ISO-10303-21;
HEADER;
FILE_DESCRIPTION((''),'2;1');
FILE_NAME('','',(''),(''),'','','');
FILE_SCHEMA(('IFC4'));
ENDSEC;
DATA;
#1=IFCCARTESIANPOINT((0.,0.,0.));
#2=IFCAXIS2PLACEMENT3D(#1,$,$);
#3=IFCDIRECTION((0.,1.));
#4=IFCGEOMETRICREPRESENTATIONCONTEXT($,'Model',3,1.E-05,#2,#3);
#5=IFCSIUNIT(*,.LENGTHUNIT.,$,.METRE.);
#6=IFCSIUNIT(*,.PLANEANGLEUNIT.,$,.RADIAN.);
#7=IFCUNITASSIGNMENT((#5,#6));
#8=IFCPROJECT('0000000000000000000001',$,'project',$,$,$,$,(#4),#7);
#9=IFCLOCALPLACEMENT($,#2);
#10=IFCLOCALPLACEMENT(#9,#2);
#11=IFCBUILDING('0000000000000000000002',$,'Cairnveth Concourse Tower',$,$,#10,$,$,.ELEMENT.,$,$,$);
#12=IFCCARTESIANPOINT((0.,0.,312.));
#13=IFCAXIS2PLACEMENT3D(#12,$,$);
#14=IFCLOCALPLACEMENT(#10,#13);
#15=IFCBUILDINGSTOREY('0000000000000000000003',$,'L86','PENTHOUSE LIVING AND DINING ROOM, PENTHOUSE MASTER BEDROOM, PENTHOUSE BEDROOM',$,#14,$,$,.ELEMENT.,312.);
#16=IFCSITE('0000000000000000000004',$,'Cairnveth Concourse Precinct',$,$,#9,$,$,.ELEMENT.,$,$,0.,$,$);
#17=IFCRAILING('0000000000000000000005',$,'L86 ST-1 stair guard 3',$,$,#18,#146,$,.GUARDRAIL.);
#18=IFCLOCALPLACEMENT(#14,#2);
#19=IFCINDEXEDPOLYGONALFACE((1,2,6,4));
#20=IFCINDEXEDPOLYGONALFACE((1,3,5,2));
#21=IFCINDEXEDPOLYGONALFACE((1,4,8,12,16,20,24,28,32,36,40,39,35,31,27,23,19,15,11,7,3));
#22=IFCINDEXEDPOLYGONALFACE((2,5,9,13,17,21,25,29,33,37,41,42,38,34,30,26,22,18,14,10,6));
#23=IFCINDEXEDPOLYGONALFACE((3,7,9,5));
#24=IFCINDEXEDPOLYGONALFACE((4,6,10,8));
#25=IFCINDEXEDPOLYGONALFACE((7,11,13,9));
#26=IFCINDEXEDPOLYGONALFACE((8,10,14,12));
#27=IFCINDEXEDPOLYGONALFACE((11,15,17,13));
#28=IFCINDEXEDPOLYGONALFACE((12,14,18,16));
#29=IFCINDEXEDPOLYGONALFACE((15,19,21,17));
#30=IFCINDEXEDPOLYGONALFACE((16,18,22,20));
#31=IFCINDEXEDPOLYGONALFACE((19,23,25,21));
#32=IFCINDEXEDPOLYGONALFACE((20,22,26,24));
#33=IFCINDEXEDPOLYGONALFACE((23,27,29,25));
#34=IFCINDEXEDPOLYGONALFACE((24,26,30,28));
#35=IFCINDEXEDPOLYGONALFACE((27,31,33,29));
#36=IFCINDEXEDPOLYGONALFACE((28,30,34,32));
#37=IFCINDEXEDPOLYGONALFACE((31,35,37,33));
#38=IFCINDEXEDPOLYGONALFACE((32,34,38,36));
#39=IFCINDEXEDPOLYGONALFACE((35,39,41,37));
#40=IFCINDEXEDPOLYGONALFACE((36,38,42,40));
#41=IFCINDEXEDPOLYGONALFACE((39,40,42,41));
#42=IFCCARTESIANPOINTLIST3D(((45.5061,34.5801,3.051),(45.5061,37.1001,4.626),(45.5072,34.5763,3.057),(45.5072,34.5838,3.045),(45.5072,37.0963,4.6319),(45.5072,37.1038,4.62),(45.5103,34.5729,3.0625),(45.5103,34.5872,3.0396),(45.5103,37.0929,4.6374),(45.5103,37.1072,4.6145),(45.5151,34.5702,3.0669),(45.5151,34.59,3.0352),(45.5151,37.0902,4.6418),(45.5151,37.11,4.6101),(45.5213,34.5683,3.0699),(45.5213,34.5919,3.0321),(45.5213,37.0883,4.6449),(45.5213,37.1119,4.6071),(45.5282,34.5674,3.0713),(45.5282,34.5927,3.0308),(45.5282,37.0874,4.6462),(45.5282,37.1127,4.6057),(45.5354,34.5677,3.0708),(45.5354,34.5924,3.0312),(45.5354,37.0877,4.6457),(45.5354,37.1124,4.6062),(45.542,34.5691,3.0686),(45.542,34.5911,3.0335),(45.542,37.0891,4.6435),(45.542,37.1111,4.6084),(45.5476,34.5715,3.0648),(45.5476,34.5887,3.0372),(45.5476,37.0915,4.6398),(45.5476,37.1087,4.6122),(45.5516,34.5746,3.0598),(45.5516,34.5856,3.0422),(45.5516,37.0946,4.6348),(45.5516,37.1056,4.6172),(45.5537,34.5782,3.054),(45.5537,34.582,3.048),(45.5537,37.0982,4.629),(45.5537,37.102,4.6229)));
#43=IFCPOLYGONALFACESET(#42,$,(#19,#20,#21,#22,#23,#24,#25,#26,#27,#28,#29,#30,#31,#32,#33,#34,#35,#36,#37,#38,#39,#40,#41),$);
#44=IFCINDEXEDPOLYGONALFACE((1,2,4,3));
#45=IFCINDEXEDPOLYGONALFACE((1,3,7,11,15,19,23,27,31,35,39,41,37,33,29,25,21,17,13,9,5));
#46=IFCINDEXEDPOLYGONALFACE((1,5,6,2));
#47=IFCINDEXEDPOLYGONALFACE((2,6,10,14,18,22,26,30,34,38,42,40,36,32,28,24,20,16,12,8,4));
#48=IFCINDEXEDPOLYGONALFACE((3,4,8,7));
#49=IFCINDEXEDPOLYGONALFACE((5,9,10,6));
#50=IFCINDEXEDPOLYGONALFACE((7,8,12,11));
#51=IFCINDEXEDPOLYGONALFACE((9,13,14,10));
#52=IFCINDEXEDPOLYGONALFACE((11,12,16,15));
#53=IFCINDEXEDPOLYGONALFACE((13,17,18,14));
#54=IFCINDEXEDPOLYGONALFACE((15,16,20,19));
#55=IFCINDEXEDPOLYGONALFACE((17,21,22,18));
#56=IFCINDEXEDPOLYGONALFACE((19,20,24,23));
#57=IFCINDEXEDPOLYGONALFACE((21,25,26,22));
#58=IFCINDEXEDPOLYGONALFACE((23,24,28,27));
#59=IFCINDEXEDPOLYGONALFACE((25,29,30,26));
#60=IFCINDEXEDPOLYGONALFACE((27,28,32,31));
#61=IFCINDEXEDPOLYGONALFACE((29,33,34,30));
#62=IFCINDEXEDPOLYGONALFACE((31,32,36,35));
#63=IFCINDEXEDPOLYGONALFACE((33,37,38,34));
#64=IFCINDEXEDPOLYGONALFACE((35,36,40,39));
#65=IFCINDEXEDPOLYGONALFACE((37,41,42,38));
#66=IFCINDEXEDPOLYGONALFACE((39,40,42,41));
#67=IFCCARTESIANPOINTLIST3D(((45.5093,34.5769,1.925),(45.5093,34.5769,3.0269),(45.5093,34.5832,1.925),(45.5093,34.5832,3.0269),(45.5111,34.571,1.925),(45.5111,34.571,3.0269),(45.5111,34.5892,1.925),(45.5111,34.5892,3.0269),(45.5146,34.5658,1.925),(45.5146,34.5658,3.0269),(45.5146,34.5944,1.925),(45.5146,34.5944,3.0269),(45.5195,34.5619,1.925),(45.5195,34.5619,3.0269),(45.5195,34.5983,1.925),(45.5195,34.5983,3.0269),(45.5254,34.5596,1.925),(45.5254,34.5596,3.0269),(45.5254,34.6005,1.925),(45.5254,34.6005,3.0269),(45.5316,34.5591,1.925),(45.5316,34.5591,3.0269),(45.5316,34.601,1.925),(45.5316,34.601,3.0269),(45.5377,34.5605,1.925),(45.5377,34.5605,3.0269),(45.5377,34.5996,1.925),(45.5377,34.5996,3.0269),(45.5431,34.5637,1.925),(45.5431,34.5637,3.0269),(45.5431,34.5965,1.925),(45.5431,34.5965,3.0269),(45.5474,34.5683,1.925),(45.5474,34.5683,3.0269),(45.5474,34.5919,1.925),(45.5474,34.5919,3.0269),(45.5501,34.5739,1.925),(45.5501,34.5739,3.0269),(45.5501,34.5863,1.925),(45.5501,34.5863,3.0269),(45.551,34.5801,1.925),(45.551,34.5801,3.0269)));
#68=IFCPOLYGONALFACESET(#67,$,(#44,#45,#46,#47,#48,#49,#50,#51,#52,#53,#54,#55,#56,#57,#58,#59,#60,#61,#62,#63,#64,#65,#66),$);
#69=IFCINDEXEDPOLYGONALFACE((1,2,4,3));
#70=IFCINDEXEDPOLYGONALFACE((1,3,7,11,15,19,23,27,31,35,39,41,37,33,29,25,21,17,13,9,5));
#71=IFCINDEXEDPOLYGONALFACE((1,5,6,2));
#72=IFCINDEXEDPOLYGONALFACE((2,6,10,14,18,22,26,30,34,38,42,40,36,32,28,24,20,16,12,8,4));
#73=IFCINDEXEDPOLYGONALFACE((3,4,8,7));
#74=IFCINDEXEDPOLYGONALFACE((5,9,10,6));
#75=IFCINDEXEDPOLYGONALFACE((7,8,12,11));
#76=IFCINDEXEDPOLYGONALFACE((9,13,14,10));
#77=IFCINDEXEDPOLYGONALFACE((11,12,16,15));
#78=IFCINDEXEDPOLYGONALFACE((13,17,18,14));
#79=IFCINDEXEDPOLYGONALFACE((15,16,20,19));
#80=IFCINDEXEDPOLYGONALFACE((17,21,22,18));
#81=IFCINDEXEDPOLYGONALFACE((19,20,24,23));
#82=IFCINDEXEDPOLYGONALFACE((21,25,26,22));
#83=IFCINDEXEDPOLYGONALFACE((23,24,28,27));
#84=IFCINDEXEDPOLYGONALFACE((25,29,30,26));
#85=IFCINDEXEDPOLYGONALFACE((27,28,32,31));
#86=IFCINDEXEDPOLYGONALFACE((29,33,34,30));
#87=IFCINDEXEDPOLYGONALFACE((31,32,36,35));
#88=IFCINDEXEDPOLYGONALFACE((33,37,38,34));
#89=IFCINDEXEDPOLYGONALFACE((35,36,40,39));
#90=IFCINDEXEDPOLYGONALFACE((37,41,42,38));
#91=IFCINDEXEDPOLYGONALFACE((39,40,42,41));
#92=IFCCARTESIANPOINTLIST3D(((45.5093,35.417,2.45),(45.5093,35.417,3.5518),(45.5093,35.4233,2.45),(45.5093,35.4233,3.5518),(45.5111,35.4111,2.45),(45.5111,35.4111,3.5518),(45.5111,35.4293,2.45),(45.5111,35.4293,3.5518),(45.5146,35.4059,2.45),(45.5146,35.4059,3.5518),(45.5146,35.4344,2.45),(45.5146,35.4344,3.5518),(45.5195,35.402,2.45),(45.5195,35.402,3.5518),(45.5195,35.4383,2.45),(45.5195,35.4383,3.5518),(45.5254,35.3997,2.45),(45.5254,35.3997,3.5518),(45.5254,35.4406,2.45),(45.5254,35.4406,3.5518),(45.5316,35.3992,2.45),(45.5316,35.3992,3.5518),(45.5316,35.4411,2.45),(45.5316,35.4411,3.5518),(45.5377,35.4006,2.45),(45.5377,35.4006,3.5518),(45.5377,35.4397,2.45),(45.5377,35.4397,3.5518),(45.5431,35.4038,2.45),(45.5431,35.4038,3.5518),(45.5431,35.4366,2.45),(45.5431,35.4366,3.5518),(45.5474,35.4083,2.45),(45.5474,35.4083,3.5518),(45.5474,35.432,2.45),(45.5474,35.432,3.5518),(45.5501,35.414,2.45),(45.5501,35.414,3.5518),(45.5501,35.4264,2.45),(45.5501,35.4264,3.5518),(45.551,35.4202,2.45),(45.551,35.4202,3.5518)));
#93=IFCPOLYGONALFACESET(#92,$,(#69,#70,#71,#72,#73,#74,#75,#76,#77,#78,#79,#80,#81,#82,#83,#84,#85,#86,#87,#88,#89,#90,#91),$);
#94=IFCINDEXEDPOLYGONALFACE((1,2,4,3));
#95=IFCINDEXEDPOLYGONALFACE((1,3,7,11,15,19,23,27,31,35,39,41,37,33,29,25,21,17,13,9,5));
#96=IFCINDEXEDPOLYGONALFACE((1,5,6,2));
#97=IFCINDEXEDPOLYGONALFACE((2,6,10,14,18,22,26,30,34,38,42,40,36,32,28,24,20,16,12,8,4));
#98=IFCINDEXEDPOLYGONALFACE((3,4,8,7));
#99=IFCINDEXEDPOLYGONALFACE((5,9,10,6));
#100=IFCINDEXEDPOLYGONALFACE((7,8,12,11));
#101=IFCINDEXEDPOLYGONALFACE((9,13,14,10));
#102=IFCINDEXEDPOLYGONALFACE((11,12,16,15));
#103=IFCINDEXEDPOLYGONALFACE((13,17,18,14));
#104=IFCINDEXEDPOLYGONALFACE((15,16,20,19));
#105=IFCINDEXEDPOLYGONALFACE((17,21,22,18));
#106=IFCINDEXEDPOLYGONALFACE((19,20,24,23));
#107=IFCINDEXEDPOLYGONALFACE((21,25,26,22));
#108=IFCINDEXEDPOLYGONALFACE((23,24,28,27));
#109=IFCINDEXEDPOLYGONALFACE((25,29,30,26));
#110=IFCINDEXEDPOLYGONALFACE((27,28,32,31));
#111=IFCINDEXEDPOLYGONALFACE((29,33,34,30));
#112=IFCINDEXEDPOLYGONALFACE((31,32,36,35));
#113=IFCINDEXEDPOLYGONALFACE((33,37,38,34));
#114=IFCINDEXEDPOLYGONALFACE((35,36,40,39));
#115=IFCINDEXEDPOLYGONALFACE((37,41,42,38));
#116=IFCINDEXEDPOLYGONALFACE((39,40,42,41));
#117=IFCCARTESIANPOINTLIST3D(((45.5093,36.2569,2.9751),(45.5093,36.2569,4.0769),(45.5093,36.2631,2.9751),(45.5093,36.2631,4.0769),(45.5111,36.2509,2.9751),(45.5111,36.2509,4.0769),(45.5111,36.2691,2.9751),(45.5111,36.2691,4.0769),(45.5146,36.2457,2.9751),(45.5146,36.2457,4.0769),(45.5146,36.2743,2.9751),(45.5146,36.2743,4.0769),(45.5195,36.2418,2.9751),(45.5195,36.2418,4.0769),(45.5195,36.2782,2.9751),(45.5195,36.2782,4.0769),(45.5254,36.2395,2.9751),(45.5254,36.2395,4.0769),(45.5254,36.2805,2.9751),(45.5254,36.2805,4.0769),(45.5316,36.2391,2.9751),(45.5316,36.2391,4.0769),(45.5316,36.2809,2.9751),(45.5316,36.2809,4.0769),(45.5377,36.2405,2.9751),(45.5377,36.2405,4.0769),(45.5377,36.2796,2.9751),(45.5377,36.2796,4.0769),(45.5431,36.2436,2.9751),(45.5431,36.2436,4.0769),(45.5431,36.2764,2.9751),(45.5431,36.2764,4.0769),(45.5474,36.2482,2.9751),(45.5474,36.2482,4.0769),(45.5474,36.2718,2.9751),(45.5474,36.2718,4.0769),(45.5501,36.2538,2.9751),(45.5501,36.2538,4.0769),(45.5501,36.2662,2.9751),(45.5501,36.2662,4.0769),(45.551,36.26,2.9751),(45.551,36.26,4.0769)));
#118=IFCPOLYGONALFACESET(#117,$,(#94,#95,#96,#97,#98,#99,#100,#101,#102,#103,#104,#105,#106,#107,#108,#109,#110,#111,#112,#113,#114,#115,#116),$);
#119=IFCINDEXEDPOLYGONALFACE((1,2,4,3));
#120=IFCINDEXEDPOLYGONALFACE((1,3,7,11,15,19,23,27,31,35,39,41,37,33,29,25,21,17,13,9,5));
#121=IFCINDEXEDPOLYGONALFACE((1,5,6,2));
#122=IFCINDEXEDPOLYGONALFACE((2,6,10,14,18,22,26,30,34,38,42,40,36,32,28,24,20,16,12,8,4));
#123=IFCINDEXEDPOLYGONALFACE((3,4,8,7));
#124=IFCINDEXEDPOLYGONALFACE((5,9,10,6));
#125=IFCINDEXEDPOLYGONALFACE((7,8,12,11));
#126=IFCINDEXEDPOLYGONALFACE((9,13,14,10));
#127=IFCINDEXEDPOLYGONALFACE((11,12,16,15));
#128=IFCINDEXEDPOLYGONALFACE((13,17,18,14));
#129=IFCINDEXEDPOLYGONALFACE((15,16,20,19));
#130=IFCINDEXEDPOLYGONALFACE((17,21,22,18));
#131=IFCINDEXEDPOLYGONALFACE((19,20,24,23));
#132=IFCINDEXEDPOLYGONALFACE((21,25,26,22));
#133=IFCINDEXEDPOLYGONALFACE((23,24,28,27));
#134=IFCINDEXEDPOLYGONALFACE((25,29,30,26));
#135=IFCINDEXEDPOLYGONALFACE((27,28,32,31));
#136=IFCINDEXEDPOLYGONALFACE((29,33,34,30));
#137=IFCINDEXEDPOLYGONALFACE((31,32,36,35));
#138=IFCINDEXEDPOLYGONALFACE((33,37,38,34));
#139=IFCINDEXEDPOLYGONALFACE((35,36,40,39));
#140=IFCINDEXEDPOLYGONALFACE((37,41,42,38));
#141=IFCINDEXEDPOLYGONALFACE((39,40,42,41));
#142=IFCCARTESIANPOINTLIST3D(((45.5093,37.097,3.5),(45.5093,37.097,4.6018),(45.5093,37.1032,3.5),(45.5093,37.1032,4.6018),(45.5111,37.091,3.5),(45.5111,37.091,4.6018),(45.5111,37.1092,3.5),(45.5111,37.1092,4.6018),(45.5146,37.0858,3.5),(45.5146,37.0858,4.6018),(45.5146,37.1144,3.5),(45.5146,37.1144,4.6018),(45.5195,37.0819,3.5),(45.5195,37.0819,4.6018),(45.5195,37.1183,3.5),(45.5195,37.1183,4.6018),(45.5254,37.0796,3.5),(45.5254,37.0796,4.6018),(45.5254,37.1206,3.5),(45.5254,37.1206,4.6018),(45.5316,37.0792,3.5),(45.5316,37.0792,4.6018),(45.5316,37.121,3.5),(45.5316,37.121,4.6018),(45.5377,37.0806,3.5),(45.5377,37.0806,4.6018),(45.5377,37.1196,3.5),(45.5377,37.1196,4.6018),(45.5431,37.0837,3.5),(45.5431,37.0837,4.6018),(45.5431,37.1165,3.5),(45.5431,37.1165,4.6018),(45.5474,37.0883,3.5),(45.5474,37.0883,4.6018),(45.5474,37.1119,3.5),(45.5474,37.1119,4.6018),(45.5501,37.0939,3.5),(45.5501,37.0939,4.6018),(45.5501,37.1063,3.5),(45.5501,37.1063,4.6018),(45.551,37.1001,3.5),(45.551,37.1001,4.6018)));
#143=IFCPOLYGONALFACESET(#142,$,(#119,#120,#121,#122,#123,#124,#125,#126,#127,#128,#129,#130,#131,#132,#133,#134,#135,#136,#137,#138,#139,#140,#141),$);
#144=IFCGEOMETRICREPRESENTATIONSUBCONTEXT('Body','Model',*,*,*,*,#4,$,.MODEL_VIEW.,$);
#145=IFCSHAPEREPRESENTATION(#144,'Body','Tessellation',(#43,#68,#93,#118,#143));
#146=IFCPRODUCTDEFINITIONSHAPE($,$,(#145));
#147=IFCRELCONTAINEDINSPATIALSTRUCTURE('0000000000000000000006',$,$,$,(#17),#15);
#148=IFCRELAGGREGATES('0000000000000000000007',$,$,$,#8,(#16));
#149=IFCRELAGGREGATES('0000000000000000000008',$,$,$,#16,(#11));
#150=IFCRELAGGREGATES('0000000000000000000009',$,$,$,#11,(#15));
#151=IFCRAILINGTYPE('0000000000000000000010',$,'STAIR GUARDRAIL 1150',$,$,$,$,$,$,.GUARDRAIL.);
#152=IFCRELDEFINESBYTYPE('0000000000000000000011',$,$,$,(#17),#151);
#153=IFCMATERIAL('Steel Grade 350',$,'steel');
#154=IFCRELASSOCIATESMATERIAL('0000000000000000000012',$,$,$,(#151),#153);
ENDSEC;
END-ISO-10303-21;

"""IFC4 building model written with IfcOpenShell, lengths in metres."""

from ifc_helpers import new_model, si_unit, direction, frame, origin, origin_2d, place, context, subcontext, project, spatial, circle, extrude, material, type_object, element, save


model = new_model("IFC4")

# Units and contexts
model_context = context("Model", 3, precision=1e-05, world=origin(), true_north=direction((0.0, 1.0)))
body_context = subcontext(model_context, "Body", "Model", "MODEL_VIEW")
ifc_project = project(units=[si_unit("LENGTHUNIT", "METRE"), si_unit("PLANEANGLEUNIT", "RADIAN")], contexts=[model_context])

# Site, building, storey
site_placement = place(None, origin())
site = spatial("IfcSite", under=ifc_project, at=site_placement, Name="Cairnveth Concourse Precinct", CompositionType="ELEMENT", RefElevation=0.0)
building_placement = place(site_placement, origin())
building = spatial("IfcBuilding", under=site, at=building_placement, Name="Cairnveth Concourse Tower", CompositionType="ELEMENT")
storey_placement = place(building_placement, frame((0.0, 0.0, 312.0)))
storey = spatial("IfcBuildingStorey", under=building, at=storey_placement, Name="L86", Description="PENTHOUSE LIVING AND DINING ROOM, PENTHOUSE MASTER BEDROOM, PENTHOUSE BEDROOM", CompositionType="ELEMENT", Elevation=312.0)

# Shared definitions
ifc_material_1 = material(Name="Steel Grade 350", Category="steel")

# Railing
railing_type_1 = type_object("IfcRailingType", Name="STAIR GUARDRAIL 1150", PredefinedType="GUARDRAIL", material=ifc_material_1)
railing_1_placement = place(storey_placement, frame((45.53, 34.5801, 1.925)))
element("IfcRailing", 1, at=railing_1_placement, inside=storey, type_object=railing_type_1, Name="L86 ST-1 stair guard 3", PredefinedType="GUARDRAIL", context=body_context, shape_type="SweptSolid", body=[
    extrude(circle(Radius=0.0239, at=origin_2d()), frame((0.0, 0.0, 1.126), z_axis=(0.0, 0.848008, 0.529984), x_axis=(-1.0, 0.0, 0.0)), (0.0, 0.0, 1.0), 2.9717),
    extrude(circle(Radius=0.021, at=origin_2d()), origin(), (0.0, 0.0, 1.0), 1.1018),
    extrude(circle(Radius=0.021, at=origin_2d()), frame((0.0, 0.8401, 0.5249)), (0.0, 0.0, 1.0), 1.1018),
    extrude(circle(Radius=0.021, at=origin_2d()), frame((0.0, 1.6799, 1.05)), (0.0, 0.0, 1.0), 1.1018),
    extrude(circle(Radius=0.021, at=origin_2d()), frame((0.0, 2.52, 1.575)), (0.0, 0.0, 1.0), 1.1018),
])

save(model, "model.ifc")
